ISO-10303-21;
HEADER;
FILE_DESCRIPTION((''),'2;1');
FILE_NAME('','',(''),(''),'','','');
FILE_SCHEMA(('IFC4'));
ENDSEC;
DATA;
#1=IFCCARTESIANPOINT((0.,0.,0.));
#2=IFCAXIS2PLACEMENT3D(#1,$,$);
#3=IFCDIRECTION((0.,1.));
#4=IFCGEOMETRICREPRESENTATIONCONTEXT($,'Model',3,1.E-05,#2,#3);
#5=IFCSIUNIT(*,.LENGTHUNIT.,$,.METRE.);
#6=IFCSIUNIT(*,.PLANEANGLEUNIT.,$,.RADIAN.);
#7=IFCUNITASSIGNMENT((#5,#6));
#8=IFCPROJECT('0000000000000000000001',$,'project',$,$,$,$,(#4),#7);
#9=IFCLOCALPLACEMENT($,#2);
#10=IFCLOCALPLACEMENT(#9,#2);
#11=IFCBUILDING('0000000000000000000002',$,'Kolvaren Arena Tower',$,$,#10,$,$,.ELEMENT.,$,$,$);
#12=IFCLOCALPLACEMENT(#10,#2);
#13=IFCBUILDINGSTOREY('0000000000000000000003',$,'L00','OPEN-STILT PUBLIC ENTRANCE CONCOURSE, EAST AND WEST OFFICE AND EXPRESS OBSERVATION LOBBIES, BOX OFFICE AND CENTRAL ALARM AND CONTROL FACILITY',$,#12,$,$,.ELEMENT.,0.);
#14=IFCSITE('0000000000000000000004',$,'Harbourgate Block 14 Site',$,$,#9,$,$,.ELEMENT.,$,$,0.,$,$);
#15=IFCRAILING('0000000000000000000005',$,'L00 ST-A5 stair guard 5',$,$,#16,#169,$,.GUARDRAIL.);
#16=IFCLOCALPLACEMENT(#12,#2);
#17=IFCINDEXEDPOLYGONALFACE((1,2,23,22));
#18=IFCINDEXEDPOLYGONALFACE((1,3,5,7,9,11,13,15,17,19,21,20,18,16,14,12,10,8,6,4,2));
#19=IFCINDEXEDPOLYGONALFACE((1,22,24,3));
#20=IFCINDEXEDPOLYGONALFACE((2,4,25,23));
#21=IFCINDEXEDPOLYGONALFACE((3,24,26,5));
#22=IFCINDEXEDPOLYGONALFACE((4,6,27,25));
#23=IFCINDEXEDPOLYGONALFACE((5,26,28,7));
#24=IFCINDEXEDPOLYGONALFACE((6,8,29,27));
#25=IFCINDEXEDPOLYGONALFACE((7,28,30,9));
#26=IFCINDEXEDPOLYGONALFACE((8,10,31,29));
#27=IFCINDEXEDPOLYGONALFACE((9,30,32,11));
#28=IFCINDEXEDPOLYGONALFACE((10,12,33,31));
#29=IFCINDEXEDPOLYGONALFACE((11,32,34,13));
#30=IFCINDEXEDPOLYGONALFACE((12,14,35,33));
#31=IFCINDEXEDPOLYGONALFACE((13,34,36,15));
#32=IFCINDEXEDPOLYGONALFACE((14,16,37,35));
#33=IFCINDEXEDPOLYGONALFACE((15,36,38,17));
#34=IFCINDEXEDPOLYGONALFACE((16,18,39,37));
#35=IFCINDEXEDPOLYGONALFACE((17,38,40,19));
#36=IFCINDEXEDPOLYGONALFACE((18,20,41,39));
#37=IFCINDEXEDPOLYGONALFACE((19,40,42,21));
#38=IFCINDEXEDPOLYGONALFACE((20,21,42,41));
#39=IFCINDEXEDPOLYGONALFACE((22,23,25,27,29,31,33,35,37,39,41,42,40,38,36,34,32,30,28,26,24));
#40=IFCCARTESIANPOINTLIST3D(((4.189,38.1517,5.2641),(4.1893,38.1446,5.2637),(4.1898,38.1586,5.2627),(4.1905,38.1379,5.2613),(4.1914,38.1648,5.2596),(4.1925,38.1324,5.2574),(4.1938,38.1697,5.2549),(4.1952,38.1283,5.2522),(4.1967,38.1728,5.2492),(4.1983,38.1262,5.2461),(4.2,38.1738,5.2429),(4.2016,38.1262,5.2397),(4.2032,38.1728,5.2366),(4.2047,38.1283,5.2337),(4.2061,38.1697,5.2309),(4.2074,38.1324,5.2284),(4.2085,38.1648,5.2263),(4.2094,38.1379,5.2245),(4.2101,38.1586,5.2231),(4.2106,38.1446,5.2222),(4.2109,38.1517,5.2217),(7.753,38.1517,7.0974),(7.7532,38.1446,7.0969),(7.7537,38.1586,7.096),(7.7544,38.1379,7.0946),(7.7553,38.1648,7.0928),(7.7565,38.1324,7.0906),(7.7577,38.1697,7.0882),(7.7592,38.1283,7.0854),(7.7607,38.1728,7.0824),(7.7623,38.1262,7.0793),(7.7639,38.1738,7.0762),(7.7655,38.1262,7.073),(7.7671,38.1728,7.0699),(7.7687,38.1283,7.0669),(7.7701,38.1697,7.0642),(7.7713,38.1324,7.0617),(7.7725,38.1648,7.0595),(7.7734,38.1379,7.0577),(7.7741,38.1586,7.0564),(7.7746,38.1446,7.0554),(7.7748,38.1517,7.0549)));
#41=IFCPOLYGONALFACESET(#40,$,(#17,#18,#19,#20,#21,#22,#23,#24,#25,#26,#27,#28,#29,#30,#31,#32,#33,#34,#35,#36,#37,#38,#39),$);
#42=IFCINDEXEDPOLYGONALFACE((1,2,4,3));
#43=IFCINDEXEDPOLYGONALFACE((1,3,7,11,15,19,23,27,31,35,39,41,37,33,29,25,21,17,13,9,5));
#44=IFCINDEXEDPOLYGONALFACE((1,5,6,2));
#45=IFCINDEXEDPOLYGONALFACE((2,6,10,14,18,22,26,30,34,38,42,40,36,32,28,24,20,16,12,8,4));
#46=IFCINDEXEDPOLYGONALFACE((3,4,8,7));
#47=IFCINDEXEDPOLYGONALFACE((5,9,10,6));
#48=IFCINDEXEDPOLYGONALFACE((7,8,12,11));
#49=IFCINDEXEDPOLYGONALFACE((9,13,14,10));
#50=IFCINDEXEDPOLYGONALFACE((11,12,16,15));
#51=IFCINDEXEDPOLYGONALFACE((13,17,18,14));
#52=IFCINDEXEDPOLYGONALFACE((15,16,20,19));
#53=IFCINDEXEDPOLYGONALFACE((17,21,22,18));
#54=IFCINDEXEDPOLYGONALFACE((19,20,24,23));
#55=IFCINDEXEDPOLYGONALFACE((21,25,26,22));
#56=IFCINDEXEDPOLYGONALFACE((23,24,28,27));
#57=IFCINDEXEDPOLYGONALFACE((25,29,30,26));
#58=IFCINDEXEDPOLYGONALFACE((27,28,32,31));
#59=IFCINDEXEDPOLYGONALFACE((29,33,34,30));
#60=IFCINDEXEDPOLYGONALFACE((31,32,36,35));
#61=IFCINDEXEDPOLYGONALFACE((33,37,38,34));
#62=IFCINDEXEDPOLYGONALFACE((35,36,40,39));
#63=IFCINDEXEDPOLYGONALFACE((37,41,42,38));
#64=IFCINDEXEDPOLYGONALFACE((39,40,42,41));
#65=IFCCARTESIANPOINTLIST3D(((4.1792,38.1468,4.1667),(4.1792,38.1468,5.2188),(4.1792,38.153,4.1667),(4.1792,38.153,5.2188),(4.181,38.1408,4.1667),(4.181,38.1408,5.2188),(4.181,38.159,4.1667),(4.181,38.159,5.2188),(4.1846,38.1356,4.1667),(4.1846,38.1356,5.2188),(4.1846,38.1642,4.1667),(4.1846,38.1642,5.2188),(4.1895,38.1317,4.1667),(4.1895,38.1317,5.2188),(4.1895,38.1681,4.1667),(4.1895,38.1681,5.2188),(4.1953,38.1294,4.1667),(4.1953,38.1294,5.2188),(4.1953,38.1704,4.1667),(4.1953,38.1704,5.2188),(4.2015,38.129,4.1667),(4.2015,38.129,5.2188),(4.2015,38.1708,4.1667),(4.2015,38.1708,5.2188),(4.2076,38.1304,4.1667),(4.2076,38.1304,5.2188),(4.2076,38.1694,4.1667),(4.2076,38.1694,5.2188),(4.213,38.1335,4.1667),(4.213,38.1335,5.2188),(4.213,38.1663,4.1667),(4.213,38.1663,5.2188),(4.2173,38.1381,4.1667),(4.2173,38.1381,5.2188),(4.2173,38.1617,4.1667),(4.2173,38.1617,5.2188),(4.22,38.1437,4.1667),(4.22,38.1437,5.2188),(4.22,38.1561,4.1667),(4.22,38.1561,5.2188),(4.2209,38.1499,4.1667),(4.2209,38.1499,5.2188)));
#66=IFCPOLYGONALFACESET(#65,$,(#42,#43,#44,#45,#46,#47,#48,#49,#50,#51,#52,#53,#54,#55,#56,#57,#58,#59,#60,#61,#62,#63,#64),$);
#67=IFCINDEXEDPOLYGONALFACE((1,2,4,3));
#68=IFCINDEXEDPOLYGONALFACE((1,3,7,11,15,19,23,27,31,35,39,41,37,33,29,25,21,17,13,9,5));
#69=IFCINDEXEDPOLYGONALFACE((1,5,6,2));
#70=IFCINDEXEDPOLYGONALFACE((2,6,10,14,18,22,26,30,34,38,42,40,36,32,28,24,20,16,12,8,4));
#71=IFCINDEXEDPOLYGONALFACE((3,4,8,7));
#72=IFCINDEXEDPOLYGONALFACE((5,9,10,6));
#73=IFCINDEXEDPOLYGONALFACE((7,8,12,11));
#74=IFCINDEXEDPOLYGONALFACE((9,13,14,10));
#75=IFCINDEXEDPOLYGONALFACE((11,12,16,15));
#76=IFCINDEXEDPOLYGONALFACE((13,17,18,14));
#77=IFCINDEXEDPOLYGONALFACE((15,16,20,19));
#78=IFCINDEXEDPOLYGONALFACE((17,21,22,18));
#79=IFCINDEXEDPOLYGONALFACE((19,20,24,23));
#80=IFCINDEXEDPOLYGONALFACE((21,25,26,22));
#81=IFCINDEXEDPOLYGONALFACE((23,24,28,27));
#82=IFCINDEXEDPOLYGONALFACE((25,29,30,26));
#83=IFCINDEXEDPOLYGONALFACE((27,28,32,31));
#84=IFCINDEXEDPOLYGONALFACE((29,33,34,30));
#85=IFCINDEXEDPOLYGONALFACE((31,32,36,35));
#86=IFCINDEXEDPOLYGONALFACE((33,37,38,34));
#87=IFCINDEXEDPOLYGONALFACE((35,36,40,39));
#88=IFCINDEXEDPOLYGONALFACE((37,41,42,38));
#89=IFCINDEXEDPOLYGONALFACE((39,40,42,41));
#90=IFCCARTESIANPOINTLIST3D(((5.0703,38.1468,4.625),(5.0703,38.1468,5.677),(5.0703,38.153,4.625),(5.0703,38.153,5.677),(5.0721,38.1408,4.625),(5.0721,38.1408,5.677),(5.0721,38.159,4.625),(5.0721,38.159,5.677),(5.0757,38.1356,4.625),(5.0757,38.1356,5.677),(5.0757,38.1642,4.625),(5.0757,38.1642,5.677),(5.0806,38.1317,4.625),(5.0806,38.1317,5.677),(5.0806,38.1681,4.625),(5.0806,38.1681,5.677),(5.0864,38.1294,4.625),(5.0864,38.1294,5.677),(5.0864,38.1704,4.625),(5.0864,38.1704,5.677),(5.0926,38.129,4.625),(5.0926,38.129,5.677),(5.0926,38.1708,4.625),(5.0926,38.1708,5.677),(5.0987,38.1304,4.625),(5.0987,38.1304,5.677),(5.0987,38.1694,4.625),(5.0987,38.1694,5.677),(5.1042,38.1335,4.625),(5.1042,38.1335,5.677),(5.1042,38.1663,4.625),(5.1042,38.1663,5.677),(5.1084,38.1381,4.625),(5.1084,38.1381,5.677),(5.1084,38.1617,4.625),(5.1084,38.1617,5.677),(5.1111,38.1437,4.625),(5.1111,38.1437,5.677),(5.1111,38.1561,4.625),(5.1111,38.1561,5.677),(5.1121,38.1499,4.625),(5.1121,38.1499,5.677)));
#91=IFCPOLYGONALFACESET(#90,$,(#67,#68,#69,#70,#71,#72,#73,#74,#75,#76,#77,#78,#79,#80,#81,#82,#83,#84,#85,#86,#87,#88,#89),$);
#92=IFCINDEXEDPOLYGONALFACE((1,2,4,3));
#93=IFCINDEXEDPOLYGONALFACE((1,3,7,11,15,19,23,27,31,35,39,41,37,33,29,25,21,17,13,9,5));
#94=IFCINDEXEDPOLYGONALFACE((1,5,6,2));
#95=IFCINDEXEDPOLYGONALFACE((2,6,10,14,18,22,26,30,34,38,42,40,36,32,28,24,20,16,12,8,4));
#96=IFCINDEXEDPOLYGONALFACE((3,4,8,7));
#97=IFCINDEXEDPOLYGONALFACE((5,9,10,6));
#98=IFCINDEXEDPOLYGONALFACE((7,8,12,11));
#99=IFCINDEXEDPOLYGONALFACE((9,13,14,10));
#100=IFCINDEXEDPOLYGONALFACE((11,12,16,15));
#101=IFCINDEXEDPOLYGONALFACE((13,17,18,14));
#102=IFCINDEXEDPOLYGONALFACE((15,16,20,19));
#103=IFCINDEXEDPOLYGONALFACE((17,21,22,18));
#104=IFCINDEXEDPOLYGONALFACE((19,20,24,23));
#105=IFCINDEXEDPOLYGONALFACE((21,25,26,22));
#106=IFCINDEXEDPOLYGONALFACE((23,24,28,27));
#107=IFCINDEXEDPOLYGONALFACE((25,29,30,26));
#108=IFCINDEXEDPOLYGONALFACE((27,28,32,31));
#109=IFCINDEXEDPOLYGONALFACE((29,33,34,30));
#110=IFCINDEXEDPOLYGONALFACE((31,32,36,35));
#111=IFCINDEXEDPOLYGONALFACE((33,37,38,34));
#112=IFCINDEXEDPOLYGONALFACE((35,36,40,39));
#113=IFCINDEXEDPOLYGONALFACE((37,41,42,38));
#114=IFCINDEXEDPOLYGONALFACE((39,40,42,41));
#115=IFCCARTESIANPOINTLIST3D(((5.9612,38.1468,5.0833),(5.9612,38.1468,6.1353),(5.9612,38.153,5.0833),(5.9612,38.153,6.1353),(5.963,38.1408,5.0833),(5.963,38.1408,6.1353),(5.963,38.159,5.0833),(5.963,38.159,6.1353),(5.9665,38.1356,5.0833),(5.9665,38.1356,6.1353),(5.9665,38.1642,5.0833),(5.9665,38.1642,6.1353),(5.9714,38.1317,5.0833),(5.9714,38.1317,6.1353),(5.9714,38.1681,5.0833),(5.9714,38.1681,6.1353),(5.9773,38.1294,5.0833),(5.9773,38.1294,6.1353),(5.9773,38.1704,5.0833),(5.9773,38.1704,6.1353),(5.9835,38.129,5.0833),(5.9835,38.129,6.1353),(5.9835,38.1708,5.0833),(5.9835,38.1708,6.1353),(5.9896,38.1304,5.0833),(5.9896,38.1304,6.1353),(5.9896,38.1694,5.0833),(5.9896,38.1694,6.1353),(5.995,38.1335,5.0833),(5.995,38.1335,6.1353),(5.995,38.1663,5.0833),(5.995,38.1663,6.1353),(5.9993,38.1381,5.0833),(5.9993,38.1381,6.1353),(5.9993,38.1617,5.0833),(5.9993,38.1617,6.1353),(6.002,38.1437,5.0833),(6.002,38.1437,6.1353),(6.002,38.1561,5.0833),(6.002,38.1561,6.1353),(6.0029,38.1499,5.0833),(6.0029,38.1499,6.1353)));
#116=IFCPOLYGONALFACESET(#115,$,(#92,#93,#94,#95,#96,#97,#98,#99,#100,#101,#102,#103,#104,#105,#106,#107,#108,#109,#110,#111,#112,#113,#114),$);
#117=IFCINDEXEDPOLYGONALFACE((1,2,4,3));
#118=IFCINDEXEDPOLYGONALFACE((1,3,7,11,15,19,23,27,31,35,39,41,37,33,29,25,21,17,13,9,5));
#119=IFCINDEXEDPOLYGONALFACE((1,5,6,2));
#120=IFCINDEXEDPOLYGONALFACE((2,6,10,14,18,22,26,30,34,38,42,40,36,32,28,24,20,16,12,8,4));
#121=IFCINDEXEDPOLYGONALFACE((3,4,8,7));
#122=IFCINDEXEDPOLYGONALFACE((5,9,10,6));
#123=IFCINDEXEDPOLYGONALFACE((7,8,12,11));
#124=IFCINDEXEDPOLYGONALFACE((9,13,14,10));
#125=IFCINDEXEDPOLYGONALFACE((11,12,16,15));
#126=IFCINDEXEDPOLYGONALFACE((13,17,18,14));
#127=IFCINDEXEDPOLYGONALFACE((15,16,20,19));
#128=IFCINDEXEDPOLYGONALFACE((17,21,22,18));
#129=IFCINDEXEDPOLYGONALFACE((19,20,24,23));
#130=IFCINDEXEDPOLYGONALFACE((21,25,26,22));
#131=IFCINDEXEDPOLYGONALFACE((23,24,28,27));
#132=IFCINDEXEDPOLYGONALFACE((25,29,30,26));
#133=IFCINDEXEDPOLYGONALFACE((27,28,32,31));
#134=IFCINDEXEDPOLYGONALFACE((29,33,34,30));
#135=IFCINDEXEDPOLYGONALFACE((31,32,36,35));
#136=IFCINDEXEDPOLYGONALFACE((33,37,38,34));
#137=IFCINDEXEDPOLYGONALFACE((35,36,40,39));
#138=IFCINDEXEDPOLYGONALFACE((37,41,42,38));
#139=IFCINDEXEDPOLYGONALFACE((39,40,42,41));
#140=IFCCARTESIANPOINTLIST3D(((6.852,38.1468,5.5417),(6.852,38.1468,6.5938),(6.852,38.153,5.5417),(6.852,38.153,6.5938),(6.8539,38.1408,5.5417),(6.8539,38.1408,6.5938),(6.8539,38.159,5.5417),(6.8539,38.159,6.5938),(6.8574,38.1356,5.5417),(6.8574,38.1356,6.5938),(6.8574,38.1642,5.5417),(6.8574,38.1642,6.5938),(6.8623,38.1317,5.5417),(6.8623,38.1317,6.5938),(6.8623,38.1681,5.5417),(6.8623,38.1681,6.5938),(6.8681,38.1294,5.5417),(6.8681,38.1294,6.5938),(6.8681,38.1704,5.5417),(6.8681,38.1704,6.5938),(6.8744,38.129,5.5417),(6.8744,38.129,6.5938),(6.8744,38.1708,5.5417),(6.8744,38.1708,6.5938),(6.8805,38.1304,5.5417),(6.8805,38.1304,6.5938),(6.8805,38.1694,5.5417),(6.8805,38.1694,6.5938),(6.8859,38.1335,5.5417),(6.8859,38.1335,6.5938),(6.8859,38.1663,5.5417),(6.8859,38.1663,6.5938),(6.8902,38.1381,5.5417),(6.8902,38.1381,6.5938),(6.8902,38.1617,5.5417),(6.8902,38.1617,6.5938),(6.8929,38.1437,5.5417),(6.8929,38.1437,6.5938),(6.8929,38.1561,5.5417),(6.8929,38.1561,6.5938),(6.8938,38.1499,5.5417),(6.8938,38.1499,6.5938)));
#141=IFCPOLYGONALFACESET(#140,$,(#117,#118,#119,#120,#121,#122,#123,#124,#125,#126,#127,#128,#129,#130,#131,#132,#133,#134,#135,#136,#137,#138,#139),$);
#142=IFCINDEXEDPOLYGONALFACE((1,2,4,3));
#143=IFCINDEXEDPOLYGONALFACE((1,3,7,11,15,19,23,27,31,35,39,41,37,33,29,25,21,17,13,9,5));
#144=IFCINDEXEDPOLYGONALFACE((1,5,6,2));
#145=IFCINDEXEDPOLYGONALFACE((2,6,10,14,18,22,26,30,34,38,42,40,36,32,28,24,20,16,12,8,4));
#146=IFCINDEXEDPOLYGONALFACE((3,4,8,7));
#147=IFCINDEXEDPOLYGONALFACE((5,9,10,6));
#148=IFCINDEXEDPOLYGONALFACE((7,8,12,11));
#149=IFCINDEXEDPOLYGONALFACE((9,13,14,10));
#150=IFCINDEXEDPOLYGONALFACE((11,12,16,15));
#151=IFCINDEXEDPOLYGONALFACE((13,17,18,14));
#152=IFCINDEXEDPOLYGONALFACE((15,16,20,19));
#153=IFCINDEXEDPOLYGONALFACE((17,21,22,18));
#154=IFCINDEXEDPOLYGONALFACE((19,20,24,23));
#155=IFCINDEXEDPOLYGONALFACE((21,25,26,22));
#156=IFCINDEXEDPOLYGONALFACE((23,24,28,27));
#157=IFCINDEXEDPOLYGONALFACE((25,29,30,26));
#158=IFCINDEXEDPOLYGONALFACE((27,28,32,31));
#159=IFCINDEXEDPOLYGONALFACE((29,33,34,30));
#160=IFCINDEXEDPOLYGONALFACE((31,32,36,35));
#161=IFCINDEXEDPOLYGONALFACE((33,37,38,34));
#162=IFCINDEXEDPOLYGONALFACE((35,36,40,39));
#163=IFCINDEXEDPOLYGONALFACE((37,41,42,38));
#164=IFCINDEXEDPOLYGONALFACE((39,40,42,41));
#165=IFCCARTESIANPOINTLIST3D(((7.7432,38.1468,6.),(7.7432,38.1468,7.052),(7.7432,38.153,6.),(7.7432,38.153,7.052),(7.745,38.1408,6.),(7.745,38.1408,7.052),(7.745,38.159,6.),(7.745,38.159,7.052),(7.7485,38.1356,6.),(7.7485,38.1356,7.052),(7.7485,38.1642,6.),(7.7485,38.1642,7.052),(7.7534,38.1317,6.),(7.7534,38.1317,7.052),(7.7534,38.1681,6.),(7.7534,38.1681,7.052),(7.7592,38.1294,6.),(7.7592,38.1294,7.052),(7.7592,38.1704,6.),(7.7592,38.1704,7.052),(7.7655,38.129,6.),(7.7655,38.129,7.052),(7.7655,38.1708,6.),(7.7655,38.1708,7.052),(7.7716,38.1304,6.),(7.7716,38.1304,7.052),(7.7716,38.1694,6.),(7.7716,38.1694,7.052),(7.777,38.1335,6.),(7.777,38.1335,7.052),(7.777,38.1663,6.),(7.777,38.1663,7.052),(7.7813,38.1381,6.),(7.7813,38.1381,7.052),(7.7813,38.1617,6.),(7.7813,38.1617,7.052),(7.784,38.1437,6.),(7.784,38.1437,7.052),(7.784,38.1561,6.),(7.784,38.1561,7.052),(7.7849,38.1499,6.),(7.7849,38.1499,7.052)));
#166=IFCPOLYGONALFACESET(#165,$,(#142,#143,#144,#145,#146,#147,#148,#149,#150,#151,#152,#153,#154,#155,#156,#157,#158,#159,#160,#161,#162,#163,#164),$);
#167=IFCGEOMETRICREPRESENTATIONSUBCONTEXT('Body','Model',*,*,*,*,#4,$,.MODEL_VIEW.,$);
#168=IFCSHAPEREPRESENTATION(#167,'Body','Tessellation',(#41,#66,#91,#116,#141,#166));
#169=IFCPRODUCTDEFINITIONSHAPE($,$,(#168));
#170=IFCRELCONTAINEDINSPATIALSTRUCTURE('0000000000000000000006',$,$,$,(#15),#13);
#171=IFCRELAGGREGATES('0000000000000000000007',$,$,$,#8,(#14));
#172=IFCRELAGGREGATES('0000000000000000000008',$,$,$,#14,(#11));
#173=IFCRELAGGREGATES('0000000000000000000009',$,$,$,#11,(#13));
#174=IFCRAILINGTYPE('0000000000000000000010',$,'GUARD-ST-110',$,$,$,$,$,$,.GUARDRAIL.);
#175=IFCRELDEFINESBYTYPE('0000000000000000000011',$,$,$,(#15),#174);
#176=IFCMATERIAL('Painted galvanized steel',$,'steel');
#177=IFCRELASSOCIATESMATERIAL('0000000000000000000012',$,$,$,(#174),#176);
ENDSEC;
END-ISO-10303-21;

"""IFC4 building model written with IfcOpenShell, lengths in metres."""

from ifc_helpers import new_model, si_unit, direction, frame, origin, origin_2d, place, context, subcontext, project, spatial, circle, extrude, material, type_object, element, save


model = new_model("IFC4")

# Units and contexts
model_context = context("Model", 3, precision=1e-05, world=origin(), true_north=direction((0.0, 1.0)))
body_context = subcontext(model_context, "Body", "Model", "MODEL_VIEW")
ifc_project = project(units=[si_unit("LENGTHUNIT", "METRE"), si_unit("PLANEANGLEUNIT", "RADIAN")], contexts=[model_context])

# Site, building, storey
site_placement = place(None, origin())
site = spatial("IfcSite", under=ifc_project, at=site_placement, Name="Harbourgate Block 14 Site", CompositionType="ELEMENT", RefElevation=0.0)
building_placement = place(site_placement, origin())
building = spatial("IfcBuilding", under=site, at=building_placement, Name="Kolvaren Arena Tower", CompositionType="ELEMENT")
storey_placement = place(building_placement, origin())
storey = spatial("IfcBuildingStorey", under=building, at=storey_placement, Name="L00", Description="OPEN-STILT PUBLIC ENTRANCE CONCOURSE, EAST AND WEST OFFICE AND EXPRESS OBSERVATION LOBBIES, BOX OFFICE AND CENTRAL ALARM AND CONTROL FACILITY", CompositionType="ELEMENT", Elevation=0.0)

# Railing
ifc_material_1 = material(Name="Painted galvanized steel", Category="steel")
railing_type_1 = type_object("IfcRailingType", Name="GUARD-ST-110", PredefinedType="GUARDRAIL", material=ifc_material_1)
railing_1_placement = place(storey_placement, frame((4.2, 38.1499, 4.1667)))
element("IfcRailing", 1, at=railing_1_placement, inside=storey, type_object=railing_type_1, Name="L00 ST-A5 stair guard 5", PredefinedType="GUARDRAIL", context=body_context, shape_type="SweptSolid", body=[
    extrude(circle(Radius=0.0239, at=origin_2d()), frame((0.0, 0.0, 1.0762), z_axis=(0.889252, 0.0, 0.457418), x_axis=(0.0, 1.0, 0.0)), (0.0, 0.0, 1.0), 4.0078),
    extrude(circle(Radius=0.021, at=origin_2d()), origin(), (0.0, 0.0, 1.0), 1.052),
    extrude(circle(Radius=0.021, at=origin_2d()), frame((0.8911, 0.0, 0.4583)), (0.0, 0.0, 1.0), 1.052),
    extrude(circle(Radius=0.021, at=origin_2d()), frame((1.782, 0.0, 0.9165)), (0.0, 0.0, 1.0), 1.052),
    extrude(circle(Radius=0.021, at=origin_2d()), frame((2.6729, 0.0, 1.375)), (0.0, 0.0, 1.0), 1.052),
    extrude(circle(Radius=0.021, at=origin_2d()), frame((3.564, 0.0, 1.8333)), (0.0, 0.0, 1.0), 1.052),
])

save(model, "model.ifc")
